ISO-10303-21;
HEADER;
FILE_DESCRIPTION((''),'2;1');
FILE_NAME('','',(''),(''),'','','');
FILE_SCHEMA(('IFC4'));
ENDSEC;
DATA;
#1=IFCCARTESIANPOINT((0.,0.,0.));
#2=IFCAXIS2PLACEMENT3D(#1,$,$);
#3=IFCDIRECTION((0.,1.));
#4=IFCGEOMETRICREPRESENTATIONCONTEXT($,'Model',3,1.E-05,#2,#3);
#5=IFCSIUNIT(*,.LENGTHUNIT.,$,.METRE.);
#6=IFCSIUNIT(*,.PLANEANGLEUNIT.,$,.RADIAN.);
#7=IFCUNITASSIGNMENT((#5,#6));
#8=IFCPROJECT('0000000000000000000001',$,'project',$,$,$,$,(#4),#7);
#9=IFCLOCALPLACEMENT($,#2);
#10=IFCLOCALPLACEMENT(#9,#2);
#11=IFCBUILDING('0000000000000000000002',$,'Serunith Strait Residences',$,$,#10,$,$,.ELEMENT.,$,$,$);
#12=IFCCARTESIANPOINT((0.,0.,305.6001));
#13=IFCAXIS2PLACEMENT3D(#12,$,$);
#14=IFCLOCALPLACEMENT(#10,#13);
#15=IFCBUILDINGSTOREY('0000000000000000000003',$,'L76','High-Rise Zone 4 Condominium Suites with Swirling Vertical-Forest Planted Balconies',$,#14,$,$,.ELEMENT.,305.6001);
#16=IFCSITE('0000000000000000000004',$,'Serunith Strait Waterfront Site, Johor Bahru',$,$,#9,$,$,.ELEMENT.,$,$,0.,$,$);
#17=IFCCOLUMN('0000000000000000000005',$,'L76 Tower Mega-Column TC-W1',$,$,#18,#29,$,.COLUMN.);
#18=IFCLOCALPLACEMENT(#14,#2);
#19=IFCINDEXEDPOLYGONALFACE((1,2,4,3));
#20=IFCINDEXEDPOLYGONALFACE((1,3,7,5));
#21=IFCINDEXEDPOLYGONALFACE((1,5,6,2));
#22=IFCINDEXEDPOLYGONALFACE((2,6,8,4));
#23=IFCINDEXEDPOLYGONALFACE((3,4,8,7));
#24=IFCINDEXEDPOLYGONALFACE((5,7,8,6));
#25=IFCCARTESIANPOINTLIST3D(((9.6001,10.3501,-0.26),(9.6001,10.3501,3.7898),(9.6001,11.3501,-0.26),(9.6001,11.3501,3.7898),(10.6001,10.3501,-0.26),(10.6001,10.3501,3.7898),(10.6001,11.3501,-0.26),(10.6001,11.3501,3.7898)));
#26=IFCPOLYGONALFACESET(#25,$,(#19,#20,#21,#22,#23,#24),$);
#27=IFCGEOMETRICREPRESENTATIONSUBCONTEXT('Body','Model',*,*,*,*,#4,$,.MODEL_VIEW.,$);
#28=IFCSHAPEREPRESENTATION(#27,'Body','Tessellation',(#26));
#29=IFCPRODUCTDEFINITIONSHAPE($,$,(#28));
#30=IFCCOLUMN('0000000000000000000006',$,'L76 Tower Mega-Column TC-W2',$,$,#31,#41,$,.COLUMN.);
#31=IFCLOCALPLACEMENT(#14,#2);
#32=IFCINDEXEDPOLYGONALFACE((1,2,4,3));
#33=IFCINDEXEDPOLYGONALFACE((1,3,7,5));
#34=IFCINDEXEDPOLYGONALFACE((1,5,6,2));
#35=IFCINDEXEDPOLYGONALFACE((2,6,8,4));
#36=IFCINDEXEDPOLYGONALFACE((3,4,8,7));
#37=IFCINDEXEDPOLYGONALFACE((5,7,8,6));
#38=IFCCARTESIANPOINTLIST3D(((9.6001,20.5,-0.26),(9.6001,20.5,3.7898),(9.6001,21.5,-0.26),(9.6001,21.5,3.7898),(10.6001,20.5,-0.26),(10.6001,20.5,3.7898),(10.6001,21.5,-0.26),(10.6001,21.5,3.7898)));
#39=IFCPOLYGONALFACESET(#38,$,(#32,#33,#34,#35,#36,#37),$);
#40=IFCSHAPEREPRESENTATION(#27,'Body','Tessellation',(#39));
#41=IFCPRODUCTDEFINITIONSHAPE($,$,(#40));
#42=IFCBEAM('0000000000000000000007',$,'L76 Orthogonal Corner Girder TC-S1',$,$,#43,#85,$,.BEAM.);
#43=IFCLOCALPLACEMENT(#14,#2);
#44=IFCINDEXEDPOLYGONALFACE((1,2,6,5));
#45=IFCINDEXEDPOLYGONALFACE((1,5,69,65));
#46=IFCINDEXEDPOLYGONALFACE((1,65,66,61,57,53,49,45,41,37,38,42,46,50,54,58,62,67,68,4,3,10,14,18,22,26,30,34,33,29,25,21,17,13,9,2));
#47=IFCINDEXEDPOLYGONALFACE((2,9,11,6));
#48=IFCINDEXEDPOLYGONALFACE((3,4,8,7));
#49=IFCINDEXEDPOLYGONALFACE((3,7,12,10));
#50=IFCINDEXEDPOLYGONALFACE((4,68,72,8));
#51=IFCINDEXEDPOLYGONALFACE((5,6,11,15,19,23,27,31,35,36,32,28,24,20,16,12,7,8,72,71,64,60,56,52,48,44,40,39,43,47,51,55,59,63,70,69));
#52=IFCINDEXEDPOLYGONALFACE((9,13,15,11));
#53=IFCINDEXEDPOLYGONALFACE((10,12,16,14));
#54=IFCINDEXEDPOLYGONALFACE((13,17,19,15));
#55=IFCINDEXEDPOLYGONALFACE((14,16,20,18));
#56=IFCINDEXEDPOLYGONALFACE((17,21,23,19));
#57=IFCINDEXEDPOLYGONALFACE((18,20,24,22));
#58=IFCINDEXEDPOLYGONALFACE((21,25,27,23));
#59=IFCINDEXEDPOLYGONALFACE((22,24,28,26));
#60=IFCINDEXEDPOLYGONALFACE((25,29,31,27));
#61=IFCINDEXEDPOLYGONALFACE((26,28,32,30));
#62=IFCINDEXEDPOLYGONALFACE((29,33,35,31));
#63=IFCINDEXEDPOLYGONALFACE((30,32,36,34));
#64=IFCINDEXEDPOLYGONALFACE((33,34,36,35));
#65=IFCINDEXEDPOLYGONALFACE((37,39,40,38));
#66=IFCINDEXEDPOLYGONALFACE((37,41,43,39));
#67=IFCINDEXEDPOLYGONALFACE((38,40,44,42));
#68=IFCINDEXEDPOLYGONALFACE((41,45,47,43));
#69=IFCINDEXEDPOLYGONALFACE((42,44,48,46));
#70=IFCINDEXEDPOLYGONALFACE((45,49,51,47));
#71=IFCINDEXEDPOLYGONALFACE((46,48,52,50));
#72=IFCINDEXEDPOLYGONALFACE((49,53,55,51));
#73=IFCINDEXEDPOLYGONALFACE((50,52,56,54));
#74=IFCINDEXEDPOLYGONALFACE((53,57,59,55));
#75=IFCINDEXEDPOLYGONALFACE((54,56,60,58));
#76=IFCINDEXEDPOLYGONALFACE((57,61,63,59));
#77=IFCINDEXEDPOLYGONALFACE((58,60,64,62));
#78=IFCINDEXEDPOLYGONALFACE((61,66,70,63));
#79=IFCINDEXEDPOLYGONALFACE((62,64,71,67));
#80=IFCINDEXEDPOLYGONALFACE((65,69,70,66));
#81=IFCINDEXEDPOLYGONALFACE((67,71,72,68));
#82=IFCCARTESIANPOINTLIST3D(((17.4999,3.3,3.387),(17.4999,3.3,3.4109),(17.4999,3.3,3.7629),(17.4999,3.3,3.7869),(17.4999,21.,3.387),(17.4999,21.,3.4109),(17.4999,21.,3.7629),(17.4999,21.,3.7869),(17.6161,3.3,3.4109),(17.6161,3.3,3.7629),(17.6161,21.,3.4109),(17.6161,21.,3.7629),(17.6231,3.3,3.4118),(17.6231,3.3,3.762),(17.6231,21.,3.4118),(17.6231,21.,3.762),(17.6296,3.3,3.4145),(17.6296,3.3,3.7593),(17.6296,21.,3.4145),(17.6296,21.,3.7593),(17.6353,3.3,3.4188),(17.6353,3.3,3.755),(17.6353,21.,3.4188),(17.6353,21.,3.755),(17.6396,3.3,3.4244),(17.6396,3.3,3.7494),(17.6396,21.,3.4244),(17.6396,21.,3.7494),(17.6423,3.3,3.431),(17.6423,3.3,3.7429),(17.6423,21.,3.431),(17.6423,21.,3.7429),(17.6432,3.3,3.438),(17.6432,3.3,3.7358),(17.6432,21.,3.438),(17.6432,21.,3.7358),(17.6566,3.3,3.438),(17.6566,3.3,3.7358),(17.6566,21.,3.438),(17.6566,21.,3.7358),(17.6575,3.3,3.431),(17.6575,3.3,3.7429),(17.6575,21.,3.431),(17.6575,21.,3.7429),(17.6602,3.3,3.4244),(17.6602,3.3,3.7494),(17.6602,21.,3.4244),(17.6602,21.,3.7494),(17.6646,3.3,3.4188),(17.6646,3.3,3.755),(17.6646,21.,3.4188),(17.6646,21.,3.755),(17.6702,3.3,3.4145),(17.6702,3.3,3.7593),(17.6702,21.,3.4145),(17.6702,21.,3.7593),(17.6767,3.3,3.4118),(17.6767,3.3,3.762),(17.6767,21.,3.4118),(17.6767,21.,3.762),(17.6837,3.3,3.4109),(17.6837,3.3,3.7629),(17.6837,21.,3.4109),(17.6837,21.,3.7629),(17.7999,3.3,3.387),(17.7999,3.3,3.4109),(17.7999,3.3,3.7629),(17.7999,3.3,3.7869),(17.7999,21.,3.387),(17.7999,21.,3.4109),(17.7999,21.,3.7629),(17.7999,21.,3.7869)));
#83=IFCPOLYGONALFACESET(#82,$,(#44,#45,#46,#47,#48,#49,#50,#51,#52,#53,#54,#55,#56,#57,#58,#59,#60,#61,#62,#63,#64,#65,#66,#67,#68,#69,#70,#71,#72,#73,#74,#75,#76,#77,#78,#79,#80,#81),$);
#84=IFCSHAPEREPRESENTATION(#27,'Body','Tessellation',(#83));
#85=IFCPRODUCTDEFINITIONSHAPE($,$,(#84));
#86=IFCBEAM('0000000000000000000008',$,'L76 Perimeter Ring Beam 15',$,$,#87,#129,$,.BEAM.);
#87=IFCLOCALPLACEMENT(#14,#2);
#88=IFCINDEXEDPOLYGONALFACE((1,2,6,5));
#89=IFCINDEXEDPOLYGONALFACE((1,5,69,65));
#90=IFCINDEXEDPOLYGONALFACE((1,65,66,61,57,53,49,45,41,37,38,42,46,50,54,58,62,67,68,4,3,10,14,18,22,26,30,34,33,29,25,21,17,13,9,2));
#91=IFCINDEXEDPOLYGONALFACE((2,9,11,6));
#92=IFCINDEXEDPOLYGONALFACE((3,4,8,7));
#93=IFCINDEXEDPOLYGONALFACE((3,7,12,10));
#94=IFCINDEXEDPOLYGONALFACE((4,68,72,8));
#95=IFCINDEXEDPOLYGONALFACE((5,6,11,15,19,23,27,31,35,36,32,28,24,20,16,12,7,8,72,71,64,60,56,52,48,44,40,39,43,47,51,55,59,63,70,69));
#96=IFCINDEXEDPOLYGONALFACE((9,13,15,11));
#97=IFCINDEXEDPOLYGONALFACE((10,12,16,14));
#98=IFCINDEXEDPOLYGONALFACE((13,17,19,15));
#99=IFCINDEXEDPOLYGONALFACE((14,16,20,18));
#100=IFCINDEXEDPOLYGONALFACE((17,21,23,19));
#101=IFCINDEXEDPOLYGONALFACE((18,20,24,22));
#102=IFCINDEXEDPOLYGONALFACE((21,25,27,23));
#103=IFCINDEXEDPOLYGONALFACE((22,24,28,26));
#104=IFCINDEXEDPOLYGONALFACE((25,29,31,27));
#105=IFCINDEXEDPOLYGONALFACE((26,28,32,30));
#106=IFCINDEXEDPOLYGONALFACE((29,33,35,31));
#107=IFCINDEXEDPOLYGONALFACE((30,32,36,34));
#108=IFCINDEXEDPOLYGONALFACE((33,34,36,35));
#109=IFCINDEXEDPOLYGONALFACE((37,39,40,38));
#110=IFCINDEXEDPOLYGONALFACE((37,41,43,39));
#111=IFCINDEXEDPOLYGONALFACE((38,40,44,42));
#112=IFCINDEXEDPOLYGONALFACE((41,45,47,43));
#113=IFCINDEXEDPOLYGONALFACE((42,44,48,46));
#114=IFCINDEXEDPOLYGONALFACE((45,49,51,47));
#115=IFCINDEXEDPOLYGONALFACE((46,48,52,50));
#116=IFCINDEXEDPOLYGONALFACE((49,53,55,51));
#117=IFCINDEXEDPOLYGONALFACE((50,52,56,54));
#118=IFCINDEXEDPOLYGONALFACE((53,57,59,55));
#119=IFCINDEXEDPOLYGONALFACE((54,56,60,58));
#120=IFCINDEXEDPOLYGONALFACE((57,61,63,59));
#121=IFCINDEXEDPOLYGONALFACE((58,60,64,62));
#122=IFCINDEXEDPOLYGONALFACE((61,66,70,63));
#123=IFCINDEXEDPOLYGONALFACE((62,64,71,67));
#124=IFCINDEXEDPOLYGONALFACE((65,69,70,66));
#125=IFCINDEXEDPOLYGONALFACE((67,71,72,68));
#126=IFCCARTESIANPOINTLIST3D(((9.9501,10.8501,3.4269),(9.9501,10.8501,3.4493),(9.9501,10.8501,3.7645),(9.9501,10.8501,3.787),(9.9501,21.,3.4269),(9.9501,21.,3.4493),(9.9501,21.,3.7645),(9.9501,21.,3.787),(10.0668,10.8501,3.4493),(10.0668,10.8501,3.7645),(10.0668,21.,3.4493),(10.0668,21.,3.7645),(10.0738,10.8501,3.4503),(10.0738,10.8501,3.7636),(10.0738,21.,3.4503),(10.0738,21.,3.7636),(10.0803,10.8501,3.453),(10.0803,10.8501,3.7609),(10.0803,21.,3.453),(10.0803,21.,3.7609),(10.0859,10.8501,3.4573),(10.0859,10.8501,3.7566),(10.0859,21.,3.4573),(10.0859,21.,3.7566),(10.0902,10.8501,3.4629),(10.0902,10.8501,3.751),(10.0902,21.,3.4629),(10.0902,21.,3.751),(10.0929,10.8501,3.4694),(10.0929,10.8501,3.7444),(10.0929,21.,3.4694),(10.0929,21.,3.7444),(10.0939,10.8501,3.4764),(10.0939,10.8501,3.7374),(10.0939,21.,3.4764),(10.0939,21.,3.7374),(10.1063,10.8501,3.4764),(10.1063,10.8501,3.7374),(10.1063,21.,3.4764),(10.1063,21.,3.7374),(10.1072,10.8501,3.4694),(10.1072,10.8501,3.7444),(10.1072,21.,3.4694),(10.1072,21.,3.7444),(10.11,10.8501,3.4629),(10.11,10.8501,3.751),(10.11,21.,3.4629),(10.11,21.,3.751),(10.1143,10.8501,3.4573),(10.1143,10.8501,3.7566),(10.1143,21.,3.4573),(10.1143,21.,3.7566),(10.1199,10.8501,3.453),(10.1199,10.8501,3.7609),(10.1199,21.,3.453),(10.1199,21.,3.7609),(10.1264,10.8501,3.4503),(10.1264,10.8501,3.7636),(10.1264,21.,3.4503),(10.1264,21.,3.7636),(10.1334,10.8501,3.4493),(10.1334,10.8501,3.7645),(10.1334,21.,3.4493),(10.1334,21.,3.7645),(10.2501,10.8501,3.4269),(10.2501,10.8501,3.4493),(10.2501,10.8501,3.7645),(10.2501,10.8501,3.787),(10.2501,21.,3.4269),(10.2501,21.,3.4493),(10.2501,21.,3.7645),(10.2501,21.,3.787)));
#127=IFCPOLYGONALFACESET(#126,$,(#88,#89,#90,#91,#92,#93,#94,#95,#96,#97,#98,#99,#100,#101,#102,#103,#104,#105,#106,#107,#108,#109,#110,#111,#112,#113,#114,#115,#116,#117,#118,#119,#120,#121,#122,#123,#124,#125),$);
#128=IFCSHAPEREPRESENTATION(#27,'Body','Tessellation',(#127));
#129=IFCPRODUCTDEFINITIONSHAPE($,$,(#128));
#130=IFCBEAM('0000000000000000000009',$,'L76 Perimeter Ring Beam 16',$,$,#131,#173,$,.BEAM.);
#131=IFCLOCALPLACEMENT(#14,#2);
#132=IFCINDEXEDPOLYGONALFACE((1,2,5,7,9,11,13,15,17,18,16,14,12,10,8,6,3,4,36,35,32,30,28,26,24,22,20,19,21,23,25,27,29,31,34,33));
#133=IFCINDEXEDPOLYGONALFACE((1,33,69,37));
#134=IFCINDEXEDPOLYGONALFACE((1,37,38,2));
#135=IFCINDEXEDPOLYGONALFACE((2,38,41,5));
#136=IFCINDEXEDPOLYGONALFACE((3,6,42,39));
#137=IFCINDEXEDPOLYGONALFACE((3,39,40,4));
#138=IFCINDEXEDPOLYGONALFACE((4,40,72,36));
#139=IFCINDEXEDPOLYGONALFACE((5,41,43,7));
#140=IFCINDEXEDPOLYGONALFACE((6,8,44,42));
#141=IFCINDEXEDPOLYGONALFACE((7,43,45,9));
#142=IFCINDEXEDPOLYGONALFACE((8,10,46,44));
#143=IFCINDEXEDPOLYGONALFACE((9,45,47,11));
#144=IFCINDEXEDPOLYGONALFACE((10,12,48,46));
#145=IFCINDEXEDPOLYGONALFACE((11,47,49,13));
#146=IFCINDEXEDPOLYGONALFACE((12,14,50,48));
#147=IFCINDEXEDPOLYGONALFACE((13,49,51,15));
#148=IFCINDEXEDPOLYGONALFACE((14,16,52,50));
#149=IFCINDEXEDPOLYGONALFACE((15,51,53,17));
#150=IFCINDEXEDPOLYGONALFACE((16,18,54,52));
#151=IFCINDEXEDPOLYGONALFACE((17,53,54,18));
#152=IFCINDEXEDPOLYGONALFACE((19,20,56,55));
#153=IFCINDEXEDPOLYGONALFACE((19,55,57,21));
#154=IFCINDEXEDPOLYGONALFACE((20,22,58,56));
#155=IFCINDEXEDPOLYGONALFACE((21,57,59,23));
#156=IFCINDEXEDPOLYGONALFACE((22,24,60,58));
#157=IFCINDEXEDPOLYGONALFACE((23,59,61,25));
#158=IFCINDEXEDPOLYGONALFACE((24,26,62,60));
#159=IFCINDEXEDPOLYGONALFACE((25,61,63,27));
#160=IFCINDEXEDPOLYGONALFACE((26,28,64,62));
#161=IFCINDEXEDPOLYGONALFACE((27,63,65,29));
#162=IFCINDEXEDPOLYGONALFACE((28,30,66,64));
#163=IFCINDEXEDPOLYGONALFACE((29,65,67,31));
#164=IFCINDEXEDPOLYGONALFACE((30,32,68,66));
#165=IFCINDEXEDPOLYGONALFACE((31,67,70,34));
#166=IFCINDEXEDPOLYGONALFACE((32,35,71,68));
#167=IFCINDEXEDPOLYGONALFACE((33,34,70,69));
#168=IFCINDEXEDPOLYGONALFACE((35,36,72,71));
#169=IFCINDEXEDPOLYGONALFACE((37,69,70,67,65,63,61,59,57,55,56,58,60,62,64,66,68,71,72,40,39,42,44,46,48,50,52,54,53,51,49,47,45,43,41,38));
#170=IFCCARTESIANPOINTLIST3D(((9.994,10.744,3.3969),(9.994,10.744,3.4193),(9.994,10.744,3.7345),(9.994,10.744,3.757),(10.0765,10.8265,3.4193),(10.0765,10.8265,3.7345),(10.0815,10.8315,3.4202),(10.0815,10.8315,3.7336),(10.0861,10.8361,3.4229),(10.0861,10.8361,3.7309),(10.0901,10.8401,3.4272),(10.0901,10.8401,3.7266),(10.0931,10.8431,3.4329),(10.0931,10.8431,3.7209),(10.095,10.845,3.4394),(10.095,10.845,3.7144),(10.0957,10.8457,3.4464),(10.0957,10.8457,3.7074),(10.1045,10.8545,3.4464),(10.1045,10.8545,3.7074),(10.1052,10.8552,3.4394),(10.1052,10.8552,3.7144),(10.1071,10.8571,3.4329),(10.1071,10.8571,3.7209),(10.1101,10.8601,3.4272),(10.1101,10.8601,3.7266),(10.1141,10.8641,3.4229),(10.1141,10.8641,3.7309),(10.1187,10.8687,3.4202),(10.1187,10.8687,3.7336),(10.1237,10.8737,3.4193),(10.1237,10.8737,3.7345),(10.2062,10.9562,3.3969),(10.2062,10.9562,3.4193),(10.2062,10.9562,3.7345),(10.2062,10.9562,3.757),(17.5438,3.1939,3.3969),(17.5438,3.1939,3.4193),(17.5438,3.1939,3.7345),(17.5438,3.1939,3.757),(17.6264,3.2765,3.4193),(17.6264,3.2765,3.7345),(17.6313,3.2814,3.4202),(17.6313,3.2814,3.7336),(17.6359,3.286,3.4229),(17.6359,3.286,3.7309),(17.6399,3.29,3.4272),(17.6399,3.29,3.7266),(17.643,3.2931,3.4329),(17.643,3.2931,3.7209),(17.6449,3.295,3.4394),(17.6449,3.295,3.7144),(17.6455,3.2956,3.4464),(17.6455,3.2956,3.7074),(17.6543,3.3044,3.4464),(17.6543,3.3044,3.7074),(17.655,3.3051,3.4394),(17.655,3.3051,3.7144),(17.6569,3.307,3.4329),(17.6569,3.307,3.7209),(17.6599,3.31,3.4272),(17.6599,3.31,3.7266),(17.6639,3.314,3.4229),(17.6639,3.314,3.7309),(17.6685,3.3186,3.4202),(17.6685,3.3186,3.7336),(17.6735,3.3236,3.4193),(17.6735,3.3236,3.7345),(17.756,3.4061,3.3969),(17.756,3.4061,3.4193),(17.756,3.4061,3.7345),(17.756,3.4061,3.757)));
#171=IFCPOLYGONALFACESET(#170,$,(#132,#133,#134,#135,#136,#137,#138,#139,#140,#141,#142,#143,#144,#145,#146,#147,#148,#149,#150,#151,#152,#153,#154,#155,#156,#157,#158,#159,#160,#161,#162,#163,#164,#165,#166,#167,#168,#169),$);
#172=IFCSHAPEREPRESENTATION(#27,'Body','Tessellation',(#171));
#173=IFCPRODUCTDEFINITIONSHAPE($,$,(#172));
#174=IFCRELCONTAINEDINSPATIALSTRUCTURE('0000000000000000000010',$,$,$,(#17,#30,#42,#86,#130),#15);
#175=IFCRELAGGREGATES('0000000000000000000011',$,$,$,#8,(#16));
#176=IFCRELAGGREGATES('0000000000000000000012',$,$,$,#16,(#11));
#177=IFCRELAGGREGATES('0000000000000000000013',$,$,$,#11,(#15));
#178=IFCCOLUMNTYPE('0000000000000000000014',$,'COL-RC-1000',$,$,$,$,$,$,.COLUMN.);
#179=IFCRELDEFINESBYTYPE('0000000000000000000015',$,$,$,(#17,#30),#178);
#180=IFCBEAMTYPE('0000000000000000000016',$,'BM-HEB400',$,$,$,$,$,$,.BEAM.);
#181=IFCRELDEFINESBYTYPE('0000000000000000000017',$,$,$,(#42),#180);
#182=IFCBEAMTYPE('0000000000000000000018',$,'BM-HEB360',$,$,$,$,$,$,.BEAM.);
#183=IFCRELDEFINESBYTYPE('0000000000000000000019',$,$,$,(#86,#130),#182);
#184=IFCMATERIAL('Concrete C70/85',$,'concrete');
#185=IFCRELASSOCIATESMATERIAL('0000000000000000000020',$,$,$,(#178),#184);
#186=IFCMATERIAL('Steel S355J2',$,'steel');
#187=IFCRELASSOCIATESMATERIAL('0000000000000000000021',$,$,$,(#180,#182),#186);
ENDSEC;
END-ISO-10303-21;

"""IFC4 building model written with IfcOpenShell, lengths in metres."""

from ifc_helpers import new_model, si_unit, direction, frame, origin, origin_2d, place, context, subcontext, project, spatial, rectangle, i_section, extrude, source, transform, mapped, material, material_profile, profile_set, type_object, element, save


model = new_model("IFC4")

# Units and contexts
model_context = context("Model", 3, precision=1e-05, world=origin(), true_north=direction((0.0, 1.0)))
body_context = subcontext(model_context, "Body", "Model", "MODEL_VIEW")
ifc_project = project(units=[si_unit("LENGTHUNIT", "METRE"), si_unit("PLANEANGLEUNIT", "RADIAN")], contexts=[model_context])

# Site, building, storey
site_placement = place(None, origin())
site = spatial("IfcSite", under=ifc_project, at=site_placement, Name="Serunith Strait Waterfront Site, Johor Bahru", CompositionType="ELEMENT", RefElevation=0.0)
building_placement = place(site_placement, origin())
building = spatial("IfcBuilding", under=site, at=building_placement, Name="Serunith Strait Residences", CompositionType="ELEMENT")
storey_placement = place(building_placement, frame((0.0, 0.0, 305.6001)))
storey = spatial("IfcBuildingStorey", under=building, at=storey_placement, Name="L76", Description="High-Rise Zone 4 Condominium Suites with Swirling Vertical-Forest Planted Balconies", CompositionType="ELEMENT", Elevation=305.6001)

# Columns
ifc_material_1 = material(Name="Concrete C70/85", Category="concrete")
ifc_material_profile_1 = material_profile(ifc_material_1, rectangle(XDim=1.0, YDim=1.0, at=origin_2d()), Name="RC 1000x1000")
ifc_profile_set_1 = profile_set([ifc_material_profile_1], Name="Concrete C70/85")
column_type = type_object("IfcColumnType", Name="COL-RC-1000", PredefinedType="COLUMN", material=ifc_profile_set_1)
shared_shape_1 = source(origin(), body_context, "Body", "SweptSolid", [
    extrude(rectangle(XDim=1.0, YDim=1.0, at=origin_2d()), origin(), (0.0, 0.0, 1.0), 4.0498),
])
for number, where, z_axis, x_axis, name in (
    (1, (10.1001, 10.8501, -0.26), (0.0, 0.0, 1.0), (1.0, 0.0, 0.0), "L76 Tower Mega-Column TC-W1"),
    (2, (10.1001, 21.0, -0.26), (0.0, 0.0, 1.0), (1.0, 0.0, 0.0), "L76 Tower Mega-Column TC-W2"),
):
    element("IfcColumn", number, at=place(storey_placement, frame(where, z_axis=z_axis, x_axis=x_axis)), inside=storey, type_object=column_type, Name=name, PredefinedType="COLUMN", context=body_context, shape_type="MappedRepresentation", body=[
        mapped(shared_shape_1, transform((0.0, 0.0, 0.0), scale=1.0)),
    ])

# Beams
ifc_material_2 = material(Name="Steel S355J2", Category="steel")
ifc_material_profile_2 = material_profile(ifc_material_2, i_section(OverallWidth=0.3, OverallDepth=0.3999, WebThickness=0.0134, FlangeThickness=0.0239, FilletRadius=0.0271, at=origin_2d()), Name="HEB 400")
ifc_profile_set_2 = profile_set([ifc_material_profile_2], Name="Steel S355J2")
beam_type_1 = type_object("IfcBeamType", Name="BM-HEB400", PredefinedType="BEAM", material=ifc_profile_set_2)
shared_shape_2 = source(origin(), body_context, "Body", "SweptSolid", [
    extrude(i_section(OverallWidth=0.3, OverallDepth=0.3999, WebThickness=0.0134, FlangeThickness=0.0239, FilletRadius=0.0271, at=origin_2d()), origin(), (0.0, 0.0, 1.0), 17.7),
])
beam_1_placement = place(storey_placement, frame((17.6499, 21.0, 3.5869), z_axis=(0.0, -1.0, 0.0), x_axis=(1.0, 0.0, 0.0)))
element("IfcBeam", 3, at=beam_1_placement, inside=storey, type_object=beam_type_1, Name="L76 Orthogonal Corner Girder TC-S1", PredefinedType="BEAM", context=body_context, shape_type="MappedRepresentation", body=[
    mapped(shared_shape_2, transform((0.0, 0.0, 0.0), scale=1.0)),
])
ifc_material_profile_3 = material_profile(ifc_material_2, i_section(OverallWidth=0.3, OverallDepth=0.3601, WebThickness=0.0125, FlangeThickness=0.0225, FilletRadius=0.0271, at=origin_2d()), Name="HEB 360")
ifc_profile_set_3 = profile_set([ifc_material_profile_3], Name="Steel S355J2")
beam_type_2 = type_object("IfcBeamType", Name="BM-HEB360", PredefinedType="BEAM", material=ifc_profile_set_3)
shared_shape_3 = source(origin(), body_context, "Body", "SweptSolid", [
    extrude(i_section(OverallWidth=0.3, OverallDepth=0.3601, WebThickness=0.0125, FlangeThickness=0.0225, FilletRadius=0.0271, at=origin_2d()), origin(), (0.0, 0.0, 1.0), 10.1499),
])
beam_2_placement = place(storey_placement, frame((10.1001, 21.0, 3.6069), z_axis=(0.0, -1.0, 0.0), x_axis=(1.0, 0.0, 0.0)))
element("IfcBeam", 4, at=beam_2_placement, inside=storey, type_object=beam_type_2, Name="L76 Perimeter Ring Beam 15", PredefinedType="BEAM", context=body_context, shape_type="MappedRepresentation", body=[
    mapped(shared_shape_3, transform((0.0, 0.0, 0.0), scale=1.0)),
])
shared_shape_4 = source(origin(), body_context, "Body", "SweptSolid", [
    extrude(i_section(OverallWidth=0.3, OverallDepth=0.3601, WebThickness=0.0125, FlangeThickness=0.0225, FilletRadius=0.0271, at=origin_2d()), origin(), (0.0, 0.0, 1.0), 10.6772),
])
beam_3_placement = place(storey_placement, frame((10.1001, 10.8501, 3.5769), z_axis=(0.707095, -0.707118, 0.0), x_axis=(0.707118, 0.707095, 0.0)))
element("IfcBeam", 5, at=beam_3_placement, inside=storey, type_object=beam_type_2, Name="L76 Perimeter Ring Beam 16", PredefinedType="BEAM", context=body_context, shape_type="MappedRepresentation", body=[
    mapped(shared_shape_4, transform((0.0, 0.0, 0.0), scale=1.0)),
])

save(model, "model.ifc")
